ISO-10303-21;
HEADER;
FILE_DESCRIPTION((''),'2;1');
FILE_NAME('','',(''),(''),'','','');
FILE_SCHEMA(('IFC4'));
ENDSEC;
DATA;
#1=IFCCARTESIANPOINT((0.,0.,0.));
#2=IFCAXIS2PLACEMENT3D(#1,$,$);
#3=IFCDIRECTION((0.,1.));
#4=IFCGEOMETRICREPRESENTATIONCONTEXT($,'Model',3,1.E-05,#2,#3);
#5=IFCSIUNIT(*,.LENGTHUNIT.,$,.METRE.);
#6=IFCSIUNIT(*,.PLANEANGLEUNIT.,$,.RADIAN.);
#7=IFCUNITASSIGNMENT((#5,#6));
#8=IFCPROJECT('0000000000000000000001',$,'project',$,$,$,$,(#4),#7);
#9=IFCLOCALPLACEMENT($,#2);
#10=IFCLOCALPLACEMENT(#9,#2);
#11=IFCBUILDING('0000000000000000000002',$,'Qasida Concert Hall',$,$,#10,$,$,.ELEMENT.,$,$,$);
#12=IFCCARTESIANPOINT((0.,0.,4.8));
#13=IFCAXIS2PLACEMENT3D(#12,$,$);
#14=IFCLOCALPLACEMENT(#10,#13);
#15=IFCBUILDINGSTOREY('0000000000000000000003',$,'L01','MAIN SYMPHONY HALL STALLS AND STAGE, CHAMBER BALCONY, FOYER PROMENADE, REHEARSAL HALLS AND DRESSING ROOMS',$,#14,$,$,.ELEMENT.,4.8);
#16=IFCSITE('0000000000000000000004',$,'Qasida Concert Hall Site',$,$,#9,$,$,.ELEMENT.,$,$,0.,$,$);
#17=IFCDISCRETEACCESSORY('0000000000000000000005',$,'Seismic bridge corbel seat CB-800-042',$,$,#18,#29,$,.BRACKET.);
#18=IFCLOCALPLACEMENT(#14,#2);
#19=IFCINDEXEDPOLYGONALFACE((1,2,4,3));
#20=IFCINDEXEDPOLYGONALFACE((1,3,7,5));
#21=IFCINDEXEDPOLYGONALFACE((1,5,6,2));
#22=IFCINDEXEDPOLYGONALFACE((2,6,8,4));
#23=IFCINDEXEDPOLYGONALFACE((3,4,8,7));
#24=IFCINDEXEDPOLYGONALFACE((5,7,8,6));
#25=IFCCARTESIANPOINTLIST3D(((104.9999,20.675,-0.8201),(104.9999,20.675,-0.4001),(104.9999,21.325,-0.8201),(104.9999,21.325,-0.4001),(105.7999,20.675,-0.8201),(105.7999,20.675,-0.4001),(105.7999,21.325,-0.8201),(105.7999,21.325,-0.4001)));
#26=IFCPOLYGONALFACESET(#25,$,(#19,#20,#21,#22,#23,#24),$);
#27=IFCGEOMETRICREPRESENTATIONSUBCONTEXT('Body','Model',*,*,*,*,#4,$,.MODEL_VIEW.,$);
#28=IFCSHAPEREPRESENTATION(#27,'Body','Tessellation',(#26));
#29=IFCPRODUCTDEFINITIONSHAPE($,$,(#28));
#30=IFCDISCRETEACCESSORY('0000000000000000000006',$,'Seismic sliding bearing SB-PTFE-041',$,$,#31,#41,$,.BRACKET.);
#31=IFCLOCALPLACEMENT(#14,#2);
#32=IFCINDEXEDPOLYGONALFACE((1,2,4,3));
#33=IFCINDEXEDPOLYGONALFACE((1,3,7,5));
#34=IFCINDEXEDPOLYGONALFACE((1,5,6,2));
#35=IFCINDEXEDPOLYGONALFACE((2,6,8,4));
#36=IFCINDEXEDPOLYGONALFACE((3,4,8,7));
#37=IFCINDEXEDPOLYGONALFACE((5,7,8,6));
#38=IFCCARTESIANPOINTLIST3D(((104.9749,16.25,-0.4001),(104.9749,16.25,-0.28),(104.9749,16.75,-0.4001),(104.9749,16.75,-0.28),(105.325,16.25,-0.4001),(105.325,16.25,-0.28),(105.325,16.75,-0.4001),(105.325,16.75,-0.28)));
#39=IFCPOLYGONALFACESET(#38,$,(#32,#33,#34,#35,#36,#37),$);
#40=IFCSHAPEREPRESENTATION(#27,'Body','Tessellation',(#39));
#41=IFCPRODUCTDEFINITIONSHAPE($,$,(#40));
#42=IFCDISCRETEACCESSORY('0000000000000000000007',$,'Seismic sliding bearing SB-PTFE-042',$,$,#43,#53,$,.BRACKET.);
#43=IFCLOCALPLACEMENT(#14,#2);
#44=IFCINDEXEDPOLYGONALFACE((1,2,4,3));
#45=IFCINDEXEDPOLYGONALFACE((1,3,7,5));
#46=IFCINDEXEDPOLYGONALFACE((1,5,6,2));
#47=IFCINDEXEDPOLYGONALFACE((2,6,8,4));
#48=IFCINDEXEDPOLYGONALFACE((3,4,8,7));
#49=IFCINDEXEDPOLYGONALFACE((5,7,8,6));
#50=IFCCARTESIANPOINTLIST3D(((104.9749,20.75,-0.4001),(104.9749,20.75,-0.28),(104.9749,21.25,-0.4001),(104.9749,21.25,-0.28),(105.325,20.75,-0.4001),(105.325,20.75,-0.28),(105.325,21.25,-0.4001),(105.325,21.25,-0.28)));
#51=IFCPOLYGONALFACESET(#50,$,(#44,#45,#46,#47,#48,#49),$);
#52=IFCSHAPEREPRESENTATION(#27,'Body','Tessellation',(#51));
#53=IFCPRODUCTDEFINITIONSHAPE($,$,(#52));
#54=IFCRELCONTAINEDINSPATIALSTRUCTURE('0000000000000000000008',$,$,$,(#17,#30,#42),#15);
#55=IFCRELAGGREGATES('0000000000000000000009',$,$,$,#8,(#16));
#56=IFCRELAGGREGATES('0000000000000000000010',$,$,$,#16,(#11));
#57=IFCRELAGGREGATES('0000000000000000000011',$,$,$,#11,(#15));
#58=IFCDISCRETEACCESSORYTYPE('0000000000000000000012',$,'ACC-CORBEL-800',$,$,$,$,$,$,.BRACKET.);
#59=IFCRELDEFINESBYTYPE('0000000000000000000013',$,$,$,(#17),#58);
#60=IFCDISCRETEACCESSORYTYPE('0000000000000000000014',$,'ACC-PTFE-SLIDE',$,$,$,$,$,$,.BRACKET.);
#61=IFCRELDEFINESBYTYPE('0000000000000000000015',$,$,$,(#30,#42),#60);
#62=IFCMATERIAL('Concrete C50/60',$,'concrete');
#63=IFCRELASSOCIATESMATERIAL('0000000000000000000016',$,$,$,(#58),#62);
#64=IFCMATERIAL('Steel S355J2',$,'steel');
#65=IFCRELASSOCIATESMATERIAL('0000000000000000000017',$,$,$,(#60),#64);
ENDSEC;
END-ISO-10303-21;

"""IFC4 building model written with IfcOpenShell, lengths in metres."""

from ifc_helpers import new_model, si_unit, direction, frame, origin, origin_2d, place, context, subcontext, project, spatial, rectangle, extrude, material, type_object, element, save


model = new_model("IFC4")

# Units and contexts
model_context = context("Model", 3, precision=1e-05, world=origin(), true_north=direction((0.0, 1.0)))
body_context = subcontext(model_context, "Body", "Model", "MODEL_VIEW")
ifc_project = project(units=[si_unit("LENGTHUNIT", "METRE"), si_unit("PLANEANGLEUNIT", "RADIAN")], contexts=[model_context])

# Site, building, storey
site_placement = place(None, origin())
site = spatial("IfcSite", under=ifc_project, at=site_placement, Name="Qasida Concert Hall Site", CompositionType="ELEMENT", RefElevation=0.0)
building_placement = place(site_placement, origin())
building = spatial("IfcBuilding", under=site, at=building_placement, Name="Qasida Concert Hall", CompositionType="ELEMENT")
storey_placement = place(building_placement, frame((0.0, 0.0, 4.8)))
storey = spatial("IfcBuildingStorey", under=building, at=storey_placement, Name="L01", Description="MAIN SYMPHONY HALL STALLS AND STAGE, CHAMBER BALCONY, FOYER PROMENADE, REHEARSAL HALLS AND DRESSING ROOMS", CompositionType="ELEMENT", Elevation=4.8)

# Shared definitions
ifc_material_1 = material(Name="Steel S355J2", Category="steel")

# Discrete accessories
ifc_material_2 = material(Name="Concrete C50/60", Category="concrete")
discrete_accessory_type_1 = type_object("IfcDiscreteAccessoryType", Name="ACC-CORBEL-800", PredefinedType="BRACKET", material=ifc_material_2)
for number, where, z_axis, x_axis, name in (
    (1, (105.3999, 21.0, -0.8201), (0.0, 0.0, 1.0), (1.0, 0.0, 0.0), "Seismic bridge corbel seat CB-800-042"),
):
    element("IfcDiscreteAccessory", number, at=place(storey_placement, frame(where, z_axis=z_axis, x_axis=x_axis)), inside=storey, type_object=discrete_accessory_type_1, Name=name, PredefinedType="BRACKET", context=body_context, shape_type="SweptSolid", body=[
        extrude(rectangle(XDim=0.8, YDim=0.6499, at=origin_2d()), origin(), (0.0, 0.0, 1.0), 0.4199),
    ])
discrete_accessory_type_2 = type_object("IfcDiscreteAccessoryType", Name="ACC-PTFE-SLIDE", PredefinedType="BRACKET", material=ifc_material_1)
for number, where, z_axis, x_axis, name in (
    (2, (105.1499, 16.5, -0.4001), (0.0, 0.0, 1.0), (1.0, 0.0, 0.0), "Seismic sliding bearing SB-PTFE-041"),
    (3, (105.1499, 21.0, -0.4001), (0.0, 0.0, 1.0), (1.0, 0.0, 0.0), "Seismic sliding bearing SB-PTFE-042"),
):
    element("IfcDiscreteAccessory", number, at=place(storey_placement, frame(where, z_axis=z_axis, x_axis=x_axis)), inside=storey, type_object=discrete_accessory_type_2, Name=name, PredefinedType="BRACKET", context=body_context, shape_type="SweptSolid", body=[
        extrude(rectangle(XDim=0.3501, YDim=0.5, at=origin_2d()), origin(), (0.0, 0.0, 1.0), 0.1201),
    ])

save(model, "model.ifc")
